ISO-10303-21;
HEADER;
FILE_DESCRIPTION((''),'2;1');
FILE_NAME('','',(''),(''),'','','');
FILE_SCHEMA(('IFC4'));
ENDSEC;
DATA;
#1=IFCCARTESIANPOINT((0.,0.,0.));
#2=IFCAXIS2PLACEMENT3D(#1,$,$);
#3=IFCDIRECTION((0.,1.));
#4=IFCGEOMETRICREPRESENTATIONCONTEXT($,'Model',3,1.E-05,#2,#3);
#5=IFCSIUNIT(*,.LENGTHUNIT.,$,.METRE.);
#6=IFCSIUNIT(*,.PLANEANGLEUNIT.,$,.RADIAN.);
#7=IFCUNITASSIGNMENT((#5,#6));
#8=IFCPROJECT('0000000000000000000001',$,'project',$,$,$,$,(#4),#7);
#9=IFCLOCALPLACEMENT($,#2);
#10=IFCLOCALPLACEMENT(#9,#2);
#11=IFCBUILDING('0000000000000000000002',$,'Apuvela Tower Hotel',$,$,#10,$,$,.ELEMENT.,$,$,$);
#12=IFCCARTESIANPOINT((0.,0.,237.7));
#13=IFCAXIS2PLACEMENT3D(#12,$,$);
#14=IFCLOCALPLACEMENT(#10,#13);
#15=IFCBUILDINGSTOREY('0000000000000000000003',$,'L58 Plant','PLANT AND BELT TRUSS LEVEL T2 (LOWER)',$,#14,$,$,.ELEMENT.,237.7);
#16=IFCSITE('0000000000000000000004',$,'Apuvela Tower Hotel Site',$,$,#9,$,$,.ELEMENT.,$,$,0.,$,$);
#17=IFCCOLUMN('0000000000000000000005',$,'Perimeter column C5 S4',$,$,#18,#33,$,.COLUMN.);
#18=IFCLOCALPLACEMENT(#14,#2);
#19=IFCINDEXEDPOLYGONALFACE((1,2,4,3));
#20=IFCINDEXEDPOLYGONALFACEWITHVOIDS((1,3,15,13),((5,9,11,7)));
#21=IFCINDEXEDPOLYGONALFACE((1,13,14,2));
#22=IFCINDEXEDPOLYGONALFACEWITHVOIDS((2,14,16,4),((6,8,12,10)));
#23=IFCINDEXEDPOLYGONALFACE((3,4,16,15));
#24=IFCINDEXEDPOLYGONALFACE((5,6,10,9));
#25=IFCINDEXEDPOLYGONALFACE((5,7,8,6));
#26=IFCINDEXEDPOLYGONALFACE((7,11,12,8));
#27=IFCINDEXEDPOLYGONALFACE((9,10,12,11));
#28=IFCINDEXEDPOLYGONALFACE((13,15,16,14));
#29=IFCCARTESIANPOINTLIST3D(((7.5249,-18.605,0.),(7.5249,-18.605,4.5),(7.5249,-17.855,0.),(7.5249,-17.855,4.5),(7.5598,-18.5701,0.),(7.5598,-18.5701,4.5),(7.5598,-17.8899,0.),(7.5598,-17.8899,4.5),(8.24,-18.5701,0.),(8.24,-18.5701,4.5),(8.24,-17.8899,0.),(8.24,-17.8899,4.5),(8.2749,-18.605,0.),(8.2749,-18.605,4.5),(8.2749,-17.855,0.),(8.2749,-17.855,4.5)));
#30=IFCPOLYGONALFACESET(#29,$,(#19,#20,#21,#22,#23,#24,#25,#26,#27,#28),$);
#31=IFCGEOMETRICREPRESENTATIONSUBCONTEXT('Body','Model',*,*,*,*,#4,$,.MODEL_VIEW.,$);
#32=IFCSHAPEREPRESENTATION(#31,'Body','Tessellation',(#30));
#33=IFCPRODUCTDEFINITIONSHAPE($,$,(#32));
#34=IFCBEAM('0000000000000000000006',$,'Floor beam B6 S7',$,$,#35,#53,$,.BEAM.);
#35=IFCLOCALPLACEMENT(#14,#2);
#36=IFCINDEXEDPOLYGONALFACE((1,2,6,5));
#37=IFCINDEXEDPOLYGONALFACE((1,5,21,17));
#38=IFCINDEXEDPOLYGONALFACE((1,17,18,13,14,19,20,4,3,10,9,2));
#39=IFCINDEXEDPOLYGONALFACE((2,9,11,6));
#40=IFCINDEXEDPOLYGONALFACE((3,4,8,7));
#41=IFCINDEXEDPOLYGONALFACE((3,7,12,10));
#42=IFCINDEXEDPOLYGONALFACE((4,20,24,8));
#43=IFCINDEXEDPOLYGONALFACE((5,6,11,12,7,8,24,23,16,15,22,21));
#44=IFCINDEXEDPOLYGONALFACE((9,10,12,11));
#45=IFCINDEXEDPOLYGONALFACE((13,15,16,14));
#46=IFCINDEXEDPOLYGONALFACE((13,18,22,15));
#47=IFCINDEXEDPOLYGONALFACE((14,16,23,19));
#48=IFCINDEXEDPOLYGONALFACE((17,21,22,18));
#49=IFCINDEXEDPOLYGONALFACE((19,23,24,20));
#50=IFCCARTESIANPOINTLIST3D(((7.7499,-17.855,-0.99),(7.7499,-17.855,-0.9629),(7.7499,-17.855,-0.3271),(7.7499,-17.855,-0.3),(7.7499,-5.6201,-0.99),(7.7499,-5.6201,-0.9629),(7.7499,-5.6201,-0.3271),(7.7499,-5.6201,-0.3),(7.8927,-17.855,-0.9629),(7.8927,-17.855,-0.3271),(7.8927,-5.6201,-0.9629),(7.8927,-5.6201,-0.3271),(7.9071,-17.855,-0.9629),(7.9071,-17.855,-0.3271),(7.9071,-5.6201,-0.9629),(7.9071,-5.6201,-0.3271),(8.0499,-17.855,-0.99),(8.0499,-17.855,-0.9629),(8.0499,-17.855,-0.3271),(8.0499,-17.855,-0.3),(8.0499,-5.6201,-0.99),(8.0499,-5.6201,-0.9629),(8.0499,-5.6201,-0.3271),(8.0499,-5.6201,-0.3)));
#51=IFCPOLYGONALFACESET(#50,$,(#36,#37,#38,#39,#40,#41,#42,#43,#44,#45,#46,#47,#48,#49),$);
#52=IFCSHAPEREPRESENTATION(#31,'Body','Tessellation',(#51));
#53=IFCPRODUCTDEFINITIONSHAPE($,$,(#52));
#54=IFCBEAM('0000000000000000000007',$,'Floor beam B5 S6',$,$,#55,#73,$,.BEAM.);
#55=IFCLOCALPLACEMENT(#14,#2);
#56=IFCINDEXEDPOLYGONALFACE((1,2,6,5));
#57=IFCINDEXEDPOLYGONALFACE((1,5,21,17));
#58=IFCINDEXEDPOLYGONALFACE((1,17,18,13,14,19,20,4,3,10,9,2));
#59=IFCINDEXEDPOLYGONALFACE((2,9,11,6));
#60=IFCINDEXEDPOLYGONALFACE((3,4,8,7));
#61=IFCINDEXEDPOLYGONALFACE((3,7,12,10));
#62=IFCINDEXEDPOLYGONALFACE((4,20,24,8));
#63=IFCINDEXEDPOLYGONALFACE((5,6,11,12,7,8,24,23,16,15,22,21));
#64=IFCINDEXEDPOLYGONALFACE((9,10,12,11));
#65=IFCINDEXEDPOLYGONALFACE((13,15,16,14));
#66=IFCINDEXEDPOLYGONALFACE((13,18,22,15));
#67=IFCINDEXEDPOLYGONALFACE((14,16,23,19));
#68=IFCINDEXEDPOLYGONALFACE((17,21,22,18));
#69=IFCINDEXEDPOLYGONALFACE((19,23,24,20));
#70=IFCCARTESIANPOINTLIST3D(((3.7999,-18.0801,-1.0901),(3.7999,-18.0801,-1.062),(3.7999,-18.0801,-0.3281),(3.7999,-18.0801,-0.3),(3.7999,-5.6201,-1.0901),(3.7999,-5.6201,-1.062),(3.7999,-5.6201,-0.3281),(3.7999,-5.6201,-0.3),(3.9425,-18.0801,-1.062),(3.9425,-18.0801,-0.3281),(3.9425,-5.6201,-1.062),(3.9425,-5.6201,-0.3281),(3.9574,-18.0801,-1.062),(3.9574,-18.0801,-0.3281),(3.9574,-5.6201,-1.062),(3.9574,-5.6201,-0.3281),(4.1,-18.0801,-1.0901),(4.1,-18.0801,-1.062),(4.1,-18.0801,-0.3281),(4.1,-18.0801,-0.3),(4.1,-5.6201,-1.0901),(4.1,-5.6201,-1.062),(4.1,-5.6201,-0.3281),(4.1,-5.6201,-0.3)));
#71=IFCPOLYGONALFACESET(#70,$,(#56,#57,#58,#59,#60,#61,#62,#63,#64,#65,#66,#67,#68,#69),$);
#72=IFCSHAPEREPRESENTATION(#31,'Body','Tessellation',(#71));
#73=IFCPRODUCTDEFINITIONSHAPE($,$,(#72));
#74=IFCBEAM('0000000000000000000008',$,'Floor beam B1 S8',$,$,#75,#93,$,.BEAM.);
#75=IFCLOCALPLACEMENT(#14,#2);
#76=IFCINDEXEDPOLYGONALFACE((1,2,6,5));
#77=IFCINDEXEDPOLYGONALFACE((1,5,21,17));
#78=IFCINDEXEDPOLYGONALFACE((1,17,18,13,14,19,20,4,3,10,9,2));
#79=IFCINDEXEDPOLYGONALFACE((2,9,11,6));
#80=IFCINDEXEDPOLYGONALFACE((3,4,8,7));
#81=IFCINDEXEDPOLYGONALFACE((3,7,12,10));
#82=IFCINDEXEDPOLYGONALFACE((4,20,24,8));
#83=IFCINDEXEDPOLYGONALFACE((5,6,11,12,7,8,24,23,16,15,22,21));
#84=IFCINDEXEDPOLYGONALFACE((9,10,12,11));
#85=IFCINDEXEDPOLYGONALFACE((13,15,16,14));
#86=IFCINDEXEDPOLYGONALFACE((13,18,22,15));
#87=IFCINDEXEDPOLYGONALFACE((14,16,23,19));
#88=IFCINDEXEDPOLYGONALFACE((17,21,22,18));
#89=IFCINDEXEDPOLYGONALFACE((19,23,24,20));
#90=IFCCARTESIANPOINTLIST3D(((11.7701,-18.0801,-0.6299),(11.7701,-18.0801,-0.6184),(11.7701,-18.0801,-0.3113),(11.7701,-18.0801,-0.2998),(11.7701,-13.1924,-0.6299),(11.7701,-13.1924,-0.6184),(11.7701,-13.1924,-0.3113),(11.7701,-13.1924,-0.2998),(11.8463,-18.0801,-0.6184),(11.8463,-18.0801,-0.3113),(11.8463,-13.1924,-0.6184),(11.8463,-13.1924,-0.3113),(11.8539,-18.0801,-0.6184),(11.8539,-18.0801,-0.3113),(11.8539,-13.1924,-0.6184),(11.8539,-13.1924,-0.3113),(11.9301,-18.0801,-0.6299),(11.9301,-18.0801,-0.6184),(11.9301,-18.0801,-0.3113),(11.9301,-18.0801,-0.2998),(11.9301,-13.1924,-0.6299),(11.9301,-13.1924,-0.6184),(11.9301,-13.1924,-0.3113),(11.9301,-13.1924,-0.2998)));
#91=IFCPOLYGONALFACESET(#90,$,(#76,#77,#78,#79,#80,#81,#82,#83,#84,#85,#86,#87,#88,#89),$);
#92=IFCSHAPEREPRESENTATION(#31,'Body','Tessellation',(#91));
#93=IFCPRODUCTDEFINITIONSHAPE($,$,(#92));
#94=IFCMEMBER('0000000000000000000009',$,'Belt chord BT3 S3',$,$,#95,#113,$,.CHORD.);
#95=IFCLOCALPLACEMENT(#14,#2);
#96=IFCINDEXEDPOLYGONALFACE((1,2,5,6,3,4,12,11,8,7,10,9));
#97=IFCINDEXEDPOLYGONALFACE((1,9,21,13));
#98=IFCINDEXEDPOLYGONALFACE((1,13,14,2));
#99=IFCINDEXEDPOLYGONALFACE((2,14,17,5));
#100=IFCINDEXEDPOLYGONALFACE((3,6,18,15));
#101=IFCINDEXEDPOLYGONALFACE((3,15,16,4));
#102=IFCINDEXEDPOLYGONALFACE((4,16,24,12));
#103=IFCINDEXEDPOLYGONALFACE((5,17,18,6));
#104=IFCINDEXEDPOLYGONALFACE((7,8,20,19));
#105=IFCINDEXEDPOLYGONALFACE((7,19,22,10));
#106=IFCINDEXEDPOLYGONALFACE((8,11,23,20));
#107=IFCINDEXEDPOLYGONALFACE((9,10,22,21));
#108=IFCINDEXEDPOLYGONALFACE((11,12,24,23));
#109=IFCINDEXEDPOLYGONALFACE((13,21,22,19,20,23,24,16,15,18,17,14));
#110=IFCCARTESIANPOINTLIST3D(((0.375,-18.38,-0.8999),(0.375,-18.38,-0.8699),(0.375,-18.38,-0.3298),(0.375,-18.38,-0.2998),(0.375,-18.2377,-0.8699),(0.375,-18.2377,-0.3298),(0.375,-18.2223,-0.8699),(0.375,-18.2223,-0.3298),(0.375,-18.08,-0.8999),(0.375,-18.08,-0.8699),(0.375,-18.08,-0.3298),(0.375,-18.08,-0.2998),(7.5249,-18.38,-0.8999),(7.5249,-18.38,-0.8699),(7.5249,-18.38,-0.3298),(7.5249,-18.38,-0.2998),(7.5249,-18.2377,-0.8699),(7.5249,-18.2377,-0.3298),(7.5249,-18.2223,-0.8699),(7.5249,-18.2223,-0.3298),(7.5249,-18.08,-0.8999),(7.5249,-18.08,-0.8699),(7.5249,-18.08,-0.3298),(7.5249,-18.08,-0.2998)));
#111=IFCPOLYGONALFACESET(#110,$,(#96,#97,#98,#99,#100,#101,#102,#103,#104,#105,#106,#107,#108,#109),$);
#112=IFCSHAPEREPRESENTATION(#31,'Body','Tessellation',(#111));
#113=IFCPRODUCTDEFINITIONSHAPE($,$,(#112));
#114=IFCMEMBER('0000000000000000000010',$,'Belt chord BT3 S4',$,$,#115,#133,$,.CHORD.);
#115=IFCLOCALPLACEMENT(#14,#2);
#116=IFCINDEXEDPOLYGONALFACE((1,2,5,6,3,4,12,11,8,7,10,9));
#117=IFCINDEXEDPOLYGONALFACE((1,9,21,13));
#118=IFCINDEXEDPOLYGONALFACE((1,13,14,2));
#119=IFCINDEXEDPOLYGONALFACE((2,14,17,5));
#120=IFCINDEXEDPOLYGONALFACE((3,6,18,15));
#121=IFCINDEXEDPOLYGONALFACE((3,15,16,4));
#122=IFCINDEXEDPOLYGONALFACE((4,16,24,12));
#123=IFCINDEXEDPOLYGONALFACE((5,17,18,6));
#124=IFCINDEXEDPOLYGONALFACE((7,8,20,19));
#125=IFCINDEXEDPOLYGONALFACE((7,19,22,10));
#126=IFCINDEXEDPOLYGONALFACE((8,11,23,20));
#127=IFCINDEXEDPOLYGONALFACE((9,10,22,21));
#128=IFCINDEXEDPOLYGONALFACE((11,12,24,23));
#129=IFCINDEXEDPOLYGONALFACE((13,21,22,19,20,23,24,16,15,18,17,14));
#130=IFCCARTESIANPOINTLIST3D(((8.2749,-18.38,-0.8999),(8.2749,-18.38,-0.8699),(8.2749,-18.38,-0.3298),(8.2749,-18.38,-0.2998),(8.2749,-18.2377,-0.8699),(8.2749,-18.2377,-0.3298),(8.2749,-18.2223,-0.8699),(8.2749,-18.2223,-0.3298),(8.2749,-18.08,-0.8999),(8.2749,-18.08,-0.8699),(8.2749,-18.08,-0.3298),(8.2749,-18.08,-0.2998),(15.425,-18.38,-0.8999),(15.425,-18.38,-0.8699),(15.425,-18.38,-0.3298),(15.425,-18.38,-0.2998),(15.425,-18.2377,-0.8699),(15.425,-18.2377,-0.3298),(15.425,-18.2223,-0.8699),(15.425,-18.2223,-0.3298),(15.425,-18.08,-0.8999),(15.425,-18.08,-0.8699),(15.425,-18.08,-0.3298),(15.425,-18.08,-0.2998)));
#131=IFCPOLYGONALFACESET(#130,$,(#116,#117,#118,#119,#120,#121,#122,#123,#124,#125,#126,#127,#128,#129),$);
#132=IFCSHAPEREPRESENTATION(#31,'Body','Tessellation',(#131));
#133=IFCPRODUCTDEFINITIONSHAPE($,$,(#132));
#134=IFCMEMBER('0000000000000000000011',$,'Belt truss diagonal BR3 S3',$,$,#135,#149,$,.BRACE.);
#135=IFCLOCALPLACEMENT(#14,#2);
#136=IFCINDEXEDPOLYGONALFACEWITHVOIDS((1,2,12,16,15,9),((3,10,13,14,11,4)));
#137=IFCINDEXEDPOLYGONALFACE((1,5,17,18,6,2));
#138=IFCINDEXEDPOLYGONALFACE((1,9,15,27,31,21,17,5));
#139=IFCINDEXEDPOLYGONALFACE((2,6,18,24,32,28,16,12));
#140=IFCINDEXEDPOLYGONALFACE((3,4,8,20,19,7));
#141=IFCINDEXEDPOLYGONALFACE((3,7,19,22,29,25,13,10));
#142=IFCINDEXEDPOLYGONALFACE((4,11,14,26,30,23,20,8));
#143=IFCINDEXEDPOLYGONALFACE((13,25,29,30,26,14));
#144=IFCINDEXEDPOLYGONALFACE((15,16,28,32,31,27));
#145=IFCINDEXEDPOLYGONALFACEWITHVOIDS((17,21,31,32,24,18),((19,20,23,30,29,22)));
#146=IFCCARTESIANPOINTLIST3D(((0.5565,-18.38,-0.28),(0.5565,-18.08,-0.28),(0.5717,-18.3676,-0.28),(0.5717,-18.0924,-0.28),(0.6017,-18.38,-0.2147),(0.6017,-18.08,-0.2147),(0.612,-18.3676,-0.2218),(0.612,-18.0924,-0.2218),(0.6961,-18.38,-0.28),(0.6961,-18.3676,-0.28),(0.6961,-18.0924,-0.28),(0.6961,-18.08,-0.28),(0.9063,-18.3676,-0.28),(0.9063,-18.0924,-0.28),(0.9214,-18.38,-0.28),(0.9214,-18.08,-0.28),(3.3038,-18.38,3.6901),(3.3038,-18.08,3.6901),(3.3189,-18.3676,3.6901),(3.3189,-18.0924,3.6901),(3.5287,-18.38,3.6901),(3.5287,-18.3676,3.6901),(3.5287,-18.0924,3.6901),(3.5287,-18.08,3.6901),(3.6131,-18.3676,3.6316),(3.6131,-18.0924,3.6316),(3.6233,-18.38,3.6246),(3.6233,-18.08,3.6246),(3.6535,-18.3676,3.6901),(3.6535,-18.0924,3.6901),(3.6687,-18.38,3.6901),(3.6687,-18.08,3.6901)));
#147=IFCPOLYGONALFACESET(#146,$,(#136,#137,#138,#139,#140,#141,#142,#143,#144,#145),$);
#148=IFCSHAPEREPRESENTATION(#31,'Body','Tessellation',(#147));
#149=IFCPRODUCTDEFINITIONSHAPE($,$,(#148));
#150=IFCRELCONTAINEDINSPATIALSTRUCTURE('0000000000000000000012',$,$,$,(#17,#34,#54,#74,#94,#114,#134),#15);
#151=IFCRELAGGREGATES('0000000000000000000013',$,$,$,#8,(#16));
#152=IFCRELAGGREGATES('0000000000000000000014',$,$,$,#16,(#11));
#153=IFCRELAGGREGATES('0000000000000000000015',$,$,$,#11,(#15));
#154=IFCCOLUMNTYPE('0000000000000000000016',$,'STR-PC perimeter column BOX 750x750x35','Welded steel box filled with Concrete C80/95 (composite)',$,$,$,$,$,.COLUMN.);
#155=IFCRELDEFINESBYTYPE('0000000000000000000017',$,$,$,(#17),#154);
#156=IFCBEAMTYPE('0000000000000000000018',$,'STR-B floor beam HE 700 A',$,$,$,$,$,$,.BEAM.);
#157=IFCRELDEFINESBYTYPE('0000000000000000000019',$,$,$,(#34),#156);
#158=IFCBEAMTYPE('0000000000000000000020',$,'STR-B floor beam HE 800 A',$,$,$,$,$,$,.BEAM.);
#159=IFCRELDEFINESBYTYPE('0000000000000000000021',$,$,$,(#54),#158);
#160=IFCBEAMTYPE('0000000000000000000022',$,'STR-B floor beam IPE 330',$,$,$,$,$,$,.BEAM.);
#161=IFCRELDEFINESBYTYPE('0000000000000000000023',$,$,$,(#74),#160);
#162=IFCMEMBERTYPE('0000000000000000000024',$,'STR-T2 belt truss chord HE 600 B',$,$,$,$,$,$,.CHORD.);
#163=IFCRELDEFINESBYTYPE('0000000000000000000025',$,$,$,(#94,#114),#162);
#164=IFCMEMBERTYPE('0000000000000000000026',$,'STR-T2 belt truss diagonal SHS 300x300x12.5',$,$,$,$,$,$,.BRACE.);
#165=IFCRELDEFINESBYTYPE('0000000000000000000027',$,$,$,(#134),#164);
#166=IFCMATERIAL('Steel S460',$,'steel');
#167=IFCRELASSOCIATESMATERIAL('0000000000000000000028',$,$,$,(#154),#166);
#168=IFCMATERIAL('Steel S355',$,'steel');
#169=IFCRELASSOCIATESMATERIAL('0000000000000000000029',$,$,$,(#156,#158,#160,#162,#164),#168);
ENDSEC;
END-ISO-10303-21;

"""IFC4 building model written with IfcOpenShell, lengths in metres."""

from ifc_helpers import new_model, si_unit, direction, frame, origin, origin_2d, place, context, subcontext, project, spatial, rectangle, hollow_rectangle, i_section, extrude, boolean, halfspace, material, material_profile, profile_set, type_object, element, save


model = new_model("IFC4")

# Units and contexts
model_context = context("Model", 3, precision=1e-05, world=origin(), true_north=direction((0.0, 1.0)))
body_context = subcontext(model_context, "Body", "Model", "MODEL_VIEW")
ifc_project = project(units=[si_unit("LENGTHUNIT", "METRE"), si_unit("PLANEANGLEUNIT", "RADIAN")], contexts=[model_context])

# Site, building, storey
site_placement = place(None, origin())
site = spatial("IfcSite", under=ifc_project, at=site_placement, Name="Apuvela Tower Hotel Site", CompositionType="ELEMENT", RefElevation=0.0)
building_placement = place(site_placement, origin())
building = spatial("IfcBuilding", under=site, at=building_placement, Name="Apuvela Tower Hotel", CompositionType="ELEMENT")
storey_placement = place(building_placement, frame((0.0, 0.0, 237.7)))
storey = spatial("IfcBuildingStorey", under=building, at=storey_placement, Name="L58 Plant", Description="PLANT AND BELT TRUSS LEVEL T2 (LOWER)", CompositionType="ELEMENT", Elevation=237.7)

# Column
ifc_material_1 = material(Name="Steel S460", Category="steel")
ifc_material_profile_1 = material_profile(ifc_material_1, hollow_rectangle(XDim=0.75, YDim=0.75, WallThickness=0.0349, at=origin_2d()), Name="BOX 750x750x35")
ifc_material_2 = material(Name="Concrete C80/95", Category="concrete")
ifc_material_profile_2 = material_profile(ifc_material_2, rectangle(XDim=0.6799, YDim=0.6799, at=origin_2d()), Name="Concrete C80/95 infill")
ifc_profile_set_1 = profile_set([ifc_material_profile_1, ifc_material_profile_2], Name="Steel S460")
column_type = type_object("IfcColumnType", Name="STR-PC perimeter column BOX 750x750x35", Description="Welded steel box filled with Concrete C80/95 (composite)", PredefinedType="COLUMN", material=ifc_profile_set_1)
column_placement = place(storey_placement, frame((7.8999, -18.23, 0.0), z_axis=(0.0, 0.0, 1.0), x_axis=(-1.0, 0.0, 0.0)))
element("IfcColumn", 1, at=column_placement, inside=storey, type_object=column_type, Name="Perimeter column C5 S4", PredefinedType="COLUMN", context=body_context, shape_type="SweptSolid", body=[
    extrude(hollow_rectangle(XDim=0.75, YDim=0.75, WallThickness=0.0349, at=origin_2d()), origin(), (0.0, 0.0, 1.0), 4.5),
])

# Beams
ifc_material_3 = material(Name="Steel S355", Category="steel")
ifc_material_profile_3 = material_profile(ifc_material_3, i_section(OverallWidth=0.3, OverallDepth=0.6899, WebThickness=0.0144, FlangeThickness=0.0271, at=origin_2d()), Name="HE 700 A")
ifc_profile_set_2 = profile_set([ifc_material_profile_3], Name="Steel S355")
beam_type_1 = type_object("IfcBeamType", Name="STR-B floor beam HE 700 A", PredefinedType="BEAM", material=ifc_profile_set_2)
beam_1_placement = place(storey_placement, frame((7.8999, -17.855, -0.645), z_axis=(0.0, 1.0, 0.0), x_axis=(-1.0, 0.0, 0.0)))
element("IfcBeam", 2, at=beam_1_placement, inside=storey, type_object=beam_type_1, Name="Floor beam B6 S7", PredefinedType="BEAM", context=body_context, shape_type="SweptSolid", body=[
    extrude(i_section(OverallWidth=0.3, OverallDepth=0.6899, WebThickness=0.0144, FlangeThickness=0.0271, at=origin_2d()), origin(), (0.0, 0.0, 1.0), 12.2349),
])
ifc_material_profile_4 = material_profile(ifc_material_3, i_section(OverallWidth=0.3, OverallDepth=0.79, WebThickness=0.0149, FlangeThickness=0.0281, at=origin_2d()), Name="HE 800 A")
ifc_profile_set_3 = profile_set([ifc_material_profile_4], Name="Steel S355")
beam_type_2 = type_object("IfcBeamType", Name="STR-B floor beam HE 800 A", PredefinedType="BEAM", material=ifc_profile_set_3)
beam_2_placement = place(storey_placement, frame((3.95, -18.0801, -0.6951), z_axis=(0.0, 1.0, 0.0), x_axis=(-1.0, 0.0, 0.0)))
element("IfcBeam", 3, at=beam_2_placement, inside=storey, type_object=beam_type_2, Name="Floor beam B5 S6", PredefinedType="BEAM", context=body_context, shape_type="SweptSolid", body=[
    extrude(i_section(OverallWidth=0.3, OverallDepth=0.79, WebThickness=0.0149, FlangeThickness=0.0281, at=origin_2d()), origin(), (0.0, 0.0, 1.0), 12.46),
])
ifc_material_profile_5 = material_profile(ifc_material_3, i_section(OverallWidth=0.1599, OverallDepth=0.3301, WebThickness=0.0076, FlangeThickness=0.0115, at=origin_2d()), Name="IPE 330")
ifc_profile_set_4 = profile_set([ifc_material_profile_5], Name="Steel S355")
beam_type_3 = type_object("IfcBeamType", Name="STR-B floor beam IPE 330", PredefinedType="BEAM", material=ifc_profile_set_4)
beam_3_placement = place(storey_placement, frame((11.8501, -18.0801, -0.4648), z_axis=(0.0, 1.0, 0.0), x_axis=(-1.0, 0.0, 0.0)))
element("IfcBeam", 4, at=beam_3_placement, inside=storey, type_object=beam_type_3, Name="Floor beam B1 S8", PredefinedType="BEAM", context=body_context, shape_type="SweptSolid", body=[
    extrude(i_section(OverallWidth=0.1599, OverallDepth=0.3301, WebThickness=0.0076, FlangeThickness=0.0115, at=origin_2d()), origin(), (0.0, 0.0, 1.0), 4.8877),
])

# Members
ifc_material_profile_6 = material_profile(ifc_material_3, i_section(OverallWidth=0.3, OverallDepth=0.6001, WebThickness=0.0154, FlangeThickness=0.03, at=origin_2d()), Name="HE 600 B")
ifc_profile_set_5 = profile_set([ifc_material_profile_6], Name="Steel S355")
member_type_1 = type_object("IfcMemberType", Name="STR-T2 belt truss chord HE 600 B", PredefinedType="CHORD", material=ifc_profile_set_5)
member_1_placement = place(storey_placement, frame((0.375, -18.23, -0.5999), z_axis=(1.0, 0.0, 0.0), x_axis=(0.0, 1.0, 0.0)))
element("IfcMember", 5, at=member_1_placement, inside=storey, type_object=member_type_1, Name="Belt chord BT3 S3", PredefinedType="CHORD", context=body_context, shape_type="SweptSolid", body=[
    extrude(i_section(OverallWidth=0.3, OverallDepth=0.6001, WebThickness=0.0154, FlangeThickness=0.03, at=origin_2d()), origin(), (0.0, 0.0, 1.0), 7.1499),
])
member_2_placement = place(storey_placement, frame((8.2749, -18.23, -0.5999), z_axis=(1.0, 0.0, 0.0), x_axis=(0.0, 1.0, 0.0)))
element("IfcMember", 6, at=member_2_placement, inside=storey, type_object=member_type_1, Name="Belt chord BT3 S4", PredefinedType="CHORD", context=body_context, shape_type="SweptSolid", body=[
    extrude(i_section(OverallWidth=0.3, OverallDepth=0.6001, WebThickness=0.0154, FlangeThickness=0.03, at=origin_2d()), origin(), (0.0, 0.0, 1.0), 7.1501),
])
ifc_material_profile_7 = material_profile(ifc_material_3, hollow_rectangle(XDim=0.3, YDim=0.3, WallThickness=0.0125, at=origin_2d()), Name="SHS 300x300x12.5")
ifc_profile_set_6 = profile_set([ifc_material_profile_7], Name="Steel S355")
member_type_2 = type_object("IfcMemberType", Name="STR-T2 belt truss diagonal SHS 300x300x12.5", PredefinedType="BRACE", material=ifc_profile_set_6)
member_3_placement = place(storey_placement, frame((0.7251, -18.23, -0.3), z_axis=(0.569036, 0.0, 0.822313), x_axis=(-0.822313, 0.0, 0.569036)))
solid_1 = boolean("DIFFERENCE", boolean("DIFFERENCE", extrude(hollow_rectangle(XDim=0.3, YDim=0.3, WallThickness=0.0125, at=origin_2d()), frame((0.0, 0.0, -0.2239)), (0.0, 0.0, 1.0), 5.3242), halfspace(frame((0.0, 0.0, 0.0244), z_axis=(0.569036, 0.0, 0.822313), x_axis=(0.822313, 0.0, -0.569036)), True)), halfspace(frame((0.0, 0.0, 4.8523), z_axis=(0.569036, 0.0, 0.822313), x_axis=(0.822313, 0.0, -0.569036)), False))
element("IfcMember", 7, at=member_3_placement, inside=storey, type_object=member_type_2, Name="Belt truss diagonal BR3 S3", PredefinedType="BRACE", context=body_context, shape_type="SweptSolid", body=[
    boolean("UNION", boolean("DIFFERENCE", boolean("DIFFERENCE", extrude(hollow_rectangle(XDim=0.3, YDim=0.3, WallThickness=0.0125, at=origin_2d()), origin(), (0.0, 0.0, 1.0), 4.8765), halfspace(frame((0.0, 0.0, 0.0244), z_axis=(0.569036, 0.0, 0.822313), x_axis=(0.822313, 0.0, -0.569036)), True)), halfspace(frame((0.0, 0.0, 4.8523), z_axis=(0.569036, 0.0, 0.822313), x_axis=(0.822313, 0.0, -0.569036)), False)), solid_1),
])

save(model, "model.ifc")
